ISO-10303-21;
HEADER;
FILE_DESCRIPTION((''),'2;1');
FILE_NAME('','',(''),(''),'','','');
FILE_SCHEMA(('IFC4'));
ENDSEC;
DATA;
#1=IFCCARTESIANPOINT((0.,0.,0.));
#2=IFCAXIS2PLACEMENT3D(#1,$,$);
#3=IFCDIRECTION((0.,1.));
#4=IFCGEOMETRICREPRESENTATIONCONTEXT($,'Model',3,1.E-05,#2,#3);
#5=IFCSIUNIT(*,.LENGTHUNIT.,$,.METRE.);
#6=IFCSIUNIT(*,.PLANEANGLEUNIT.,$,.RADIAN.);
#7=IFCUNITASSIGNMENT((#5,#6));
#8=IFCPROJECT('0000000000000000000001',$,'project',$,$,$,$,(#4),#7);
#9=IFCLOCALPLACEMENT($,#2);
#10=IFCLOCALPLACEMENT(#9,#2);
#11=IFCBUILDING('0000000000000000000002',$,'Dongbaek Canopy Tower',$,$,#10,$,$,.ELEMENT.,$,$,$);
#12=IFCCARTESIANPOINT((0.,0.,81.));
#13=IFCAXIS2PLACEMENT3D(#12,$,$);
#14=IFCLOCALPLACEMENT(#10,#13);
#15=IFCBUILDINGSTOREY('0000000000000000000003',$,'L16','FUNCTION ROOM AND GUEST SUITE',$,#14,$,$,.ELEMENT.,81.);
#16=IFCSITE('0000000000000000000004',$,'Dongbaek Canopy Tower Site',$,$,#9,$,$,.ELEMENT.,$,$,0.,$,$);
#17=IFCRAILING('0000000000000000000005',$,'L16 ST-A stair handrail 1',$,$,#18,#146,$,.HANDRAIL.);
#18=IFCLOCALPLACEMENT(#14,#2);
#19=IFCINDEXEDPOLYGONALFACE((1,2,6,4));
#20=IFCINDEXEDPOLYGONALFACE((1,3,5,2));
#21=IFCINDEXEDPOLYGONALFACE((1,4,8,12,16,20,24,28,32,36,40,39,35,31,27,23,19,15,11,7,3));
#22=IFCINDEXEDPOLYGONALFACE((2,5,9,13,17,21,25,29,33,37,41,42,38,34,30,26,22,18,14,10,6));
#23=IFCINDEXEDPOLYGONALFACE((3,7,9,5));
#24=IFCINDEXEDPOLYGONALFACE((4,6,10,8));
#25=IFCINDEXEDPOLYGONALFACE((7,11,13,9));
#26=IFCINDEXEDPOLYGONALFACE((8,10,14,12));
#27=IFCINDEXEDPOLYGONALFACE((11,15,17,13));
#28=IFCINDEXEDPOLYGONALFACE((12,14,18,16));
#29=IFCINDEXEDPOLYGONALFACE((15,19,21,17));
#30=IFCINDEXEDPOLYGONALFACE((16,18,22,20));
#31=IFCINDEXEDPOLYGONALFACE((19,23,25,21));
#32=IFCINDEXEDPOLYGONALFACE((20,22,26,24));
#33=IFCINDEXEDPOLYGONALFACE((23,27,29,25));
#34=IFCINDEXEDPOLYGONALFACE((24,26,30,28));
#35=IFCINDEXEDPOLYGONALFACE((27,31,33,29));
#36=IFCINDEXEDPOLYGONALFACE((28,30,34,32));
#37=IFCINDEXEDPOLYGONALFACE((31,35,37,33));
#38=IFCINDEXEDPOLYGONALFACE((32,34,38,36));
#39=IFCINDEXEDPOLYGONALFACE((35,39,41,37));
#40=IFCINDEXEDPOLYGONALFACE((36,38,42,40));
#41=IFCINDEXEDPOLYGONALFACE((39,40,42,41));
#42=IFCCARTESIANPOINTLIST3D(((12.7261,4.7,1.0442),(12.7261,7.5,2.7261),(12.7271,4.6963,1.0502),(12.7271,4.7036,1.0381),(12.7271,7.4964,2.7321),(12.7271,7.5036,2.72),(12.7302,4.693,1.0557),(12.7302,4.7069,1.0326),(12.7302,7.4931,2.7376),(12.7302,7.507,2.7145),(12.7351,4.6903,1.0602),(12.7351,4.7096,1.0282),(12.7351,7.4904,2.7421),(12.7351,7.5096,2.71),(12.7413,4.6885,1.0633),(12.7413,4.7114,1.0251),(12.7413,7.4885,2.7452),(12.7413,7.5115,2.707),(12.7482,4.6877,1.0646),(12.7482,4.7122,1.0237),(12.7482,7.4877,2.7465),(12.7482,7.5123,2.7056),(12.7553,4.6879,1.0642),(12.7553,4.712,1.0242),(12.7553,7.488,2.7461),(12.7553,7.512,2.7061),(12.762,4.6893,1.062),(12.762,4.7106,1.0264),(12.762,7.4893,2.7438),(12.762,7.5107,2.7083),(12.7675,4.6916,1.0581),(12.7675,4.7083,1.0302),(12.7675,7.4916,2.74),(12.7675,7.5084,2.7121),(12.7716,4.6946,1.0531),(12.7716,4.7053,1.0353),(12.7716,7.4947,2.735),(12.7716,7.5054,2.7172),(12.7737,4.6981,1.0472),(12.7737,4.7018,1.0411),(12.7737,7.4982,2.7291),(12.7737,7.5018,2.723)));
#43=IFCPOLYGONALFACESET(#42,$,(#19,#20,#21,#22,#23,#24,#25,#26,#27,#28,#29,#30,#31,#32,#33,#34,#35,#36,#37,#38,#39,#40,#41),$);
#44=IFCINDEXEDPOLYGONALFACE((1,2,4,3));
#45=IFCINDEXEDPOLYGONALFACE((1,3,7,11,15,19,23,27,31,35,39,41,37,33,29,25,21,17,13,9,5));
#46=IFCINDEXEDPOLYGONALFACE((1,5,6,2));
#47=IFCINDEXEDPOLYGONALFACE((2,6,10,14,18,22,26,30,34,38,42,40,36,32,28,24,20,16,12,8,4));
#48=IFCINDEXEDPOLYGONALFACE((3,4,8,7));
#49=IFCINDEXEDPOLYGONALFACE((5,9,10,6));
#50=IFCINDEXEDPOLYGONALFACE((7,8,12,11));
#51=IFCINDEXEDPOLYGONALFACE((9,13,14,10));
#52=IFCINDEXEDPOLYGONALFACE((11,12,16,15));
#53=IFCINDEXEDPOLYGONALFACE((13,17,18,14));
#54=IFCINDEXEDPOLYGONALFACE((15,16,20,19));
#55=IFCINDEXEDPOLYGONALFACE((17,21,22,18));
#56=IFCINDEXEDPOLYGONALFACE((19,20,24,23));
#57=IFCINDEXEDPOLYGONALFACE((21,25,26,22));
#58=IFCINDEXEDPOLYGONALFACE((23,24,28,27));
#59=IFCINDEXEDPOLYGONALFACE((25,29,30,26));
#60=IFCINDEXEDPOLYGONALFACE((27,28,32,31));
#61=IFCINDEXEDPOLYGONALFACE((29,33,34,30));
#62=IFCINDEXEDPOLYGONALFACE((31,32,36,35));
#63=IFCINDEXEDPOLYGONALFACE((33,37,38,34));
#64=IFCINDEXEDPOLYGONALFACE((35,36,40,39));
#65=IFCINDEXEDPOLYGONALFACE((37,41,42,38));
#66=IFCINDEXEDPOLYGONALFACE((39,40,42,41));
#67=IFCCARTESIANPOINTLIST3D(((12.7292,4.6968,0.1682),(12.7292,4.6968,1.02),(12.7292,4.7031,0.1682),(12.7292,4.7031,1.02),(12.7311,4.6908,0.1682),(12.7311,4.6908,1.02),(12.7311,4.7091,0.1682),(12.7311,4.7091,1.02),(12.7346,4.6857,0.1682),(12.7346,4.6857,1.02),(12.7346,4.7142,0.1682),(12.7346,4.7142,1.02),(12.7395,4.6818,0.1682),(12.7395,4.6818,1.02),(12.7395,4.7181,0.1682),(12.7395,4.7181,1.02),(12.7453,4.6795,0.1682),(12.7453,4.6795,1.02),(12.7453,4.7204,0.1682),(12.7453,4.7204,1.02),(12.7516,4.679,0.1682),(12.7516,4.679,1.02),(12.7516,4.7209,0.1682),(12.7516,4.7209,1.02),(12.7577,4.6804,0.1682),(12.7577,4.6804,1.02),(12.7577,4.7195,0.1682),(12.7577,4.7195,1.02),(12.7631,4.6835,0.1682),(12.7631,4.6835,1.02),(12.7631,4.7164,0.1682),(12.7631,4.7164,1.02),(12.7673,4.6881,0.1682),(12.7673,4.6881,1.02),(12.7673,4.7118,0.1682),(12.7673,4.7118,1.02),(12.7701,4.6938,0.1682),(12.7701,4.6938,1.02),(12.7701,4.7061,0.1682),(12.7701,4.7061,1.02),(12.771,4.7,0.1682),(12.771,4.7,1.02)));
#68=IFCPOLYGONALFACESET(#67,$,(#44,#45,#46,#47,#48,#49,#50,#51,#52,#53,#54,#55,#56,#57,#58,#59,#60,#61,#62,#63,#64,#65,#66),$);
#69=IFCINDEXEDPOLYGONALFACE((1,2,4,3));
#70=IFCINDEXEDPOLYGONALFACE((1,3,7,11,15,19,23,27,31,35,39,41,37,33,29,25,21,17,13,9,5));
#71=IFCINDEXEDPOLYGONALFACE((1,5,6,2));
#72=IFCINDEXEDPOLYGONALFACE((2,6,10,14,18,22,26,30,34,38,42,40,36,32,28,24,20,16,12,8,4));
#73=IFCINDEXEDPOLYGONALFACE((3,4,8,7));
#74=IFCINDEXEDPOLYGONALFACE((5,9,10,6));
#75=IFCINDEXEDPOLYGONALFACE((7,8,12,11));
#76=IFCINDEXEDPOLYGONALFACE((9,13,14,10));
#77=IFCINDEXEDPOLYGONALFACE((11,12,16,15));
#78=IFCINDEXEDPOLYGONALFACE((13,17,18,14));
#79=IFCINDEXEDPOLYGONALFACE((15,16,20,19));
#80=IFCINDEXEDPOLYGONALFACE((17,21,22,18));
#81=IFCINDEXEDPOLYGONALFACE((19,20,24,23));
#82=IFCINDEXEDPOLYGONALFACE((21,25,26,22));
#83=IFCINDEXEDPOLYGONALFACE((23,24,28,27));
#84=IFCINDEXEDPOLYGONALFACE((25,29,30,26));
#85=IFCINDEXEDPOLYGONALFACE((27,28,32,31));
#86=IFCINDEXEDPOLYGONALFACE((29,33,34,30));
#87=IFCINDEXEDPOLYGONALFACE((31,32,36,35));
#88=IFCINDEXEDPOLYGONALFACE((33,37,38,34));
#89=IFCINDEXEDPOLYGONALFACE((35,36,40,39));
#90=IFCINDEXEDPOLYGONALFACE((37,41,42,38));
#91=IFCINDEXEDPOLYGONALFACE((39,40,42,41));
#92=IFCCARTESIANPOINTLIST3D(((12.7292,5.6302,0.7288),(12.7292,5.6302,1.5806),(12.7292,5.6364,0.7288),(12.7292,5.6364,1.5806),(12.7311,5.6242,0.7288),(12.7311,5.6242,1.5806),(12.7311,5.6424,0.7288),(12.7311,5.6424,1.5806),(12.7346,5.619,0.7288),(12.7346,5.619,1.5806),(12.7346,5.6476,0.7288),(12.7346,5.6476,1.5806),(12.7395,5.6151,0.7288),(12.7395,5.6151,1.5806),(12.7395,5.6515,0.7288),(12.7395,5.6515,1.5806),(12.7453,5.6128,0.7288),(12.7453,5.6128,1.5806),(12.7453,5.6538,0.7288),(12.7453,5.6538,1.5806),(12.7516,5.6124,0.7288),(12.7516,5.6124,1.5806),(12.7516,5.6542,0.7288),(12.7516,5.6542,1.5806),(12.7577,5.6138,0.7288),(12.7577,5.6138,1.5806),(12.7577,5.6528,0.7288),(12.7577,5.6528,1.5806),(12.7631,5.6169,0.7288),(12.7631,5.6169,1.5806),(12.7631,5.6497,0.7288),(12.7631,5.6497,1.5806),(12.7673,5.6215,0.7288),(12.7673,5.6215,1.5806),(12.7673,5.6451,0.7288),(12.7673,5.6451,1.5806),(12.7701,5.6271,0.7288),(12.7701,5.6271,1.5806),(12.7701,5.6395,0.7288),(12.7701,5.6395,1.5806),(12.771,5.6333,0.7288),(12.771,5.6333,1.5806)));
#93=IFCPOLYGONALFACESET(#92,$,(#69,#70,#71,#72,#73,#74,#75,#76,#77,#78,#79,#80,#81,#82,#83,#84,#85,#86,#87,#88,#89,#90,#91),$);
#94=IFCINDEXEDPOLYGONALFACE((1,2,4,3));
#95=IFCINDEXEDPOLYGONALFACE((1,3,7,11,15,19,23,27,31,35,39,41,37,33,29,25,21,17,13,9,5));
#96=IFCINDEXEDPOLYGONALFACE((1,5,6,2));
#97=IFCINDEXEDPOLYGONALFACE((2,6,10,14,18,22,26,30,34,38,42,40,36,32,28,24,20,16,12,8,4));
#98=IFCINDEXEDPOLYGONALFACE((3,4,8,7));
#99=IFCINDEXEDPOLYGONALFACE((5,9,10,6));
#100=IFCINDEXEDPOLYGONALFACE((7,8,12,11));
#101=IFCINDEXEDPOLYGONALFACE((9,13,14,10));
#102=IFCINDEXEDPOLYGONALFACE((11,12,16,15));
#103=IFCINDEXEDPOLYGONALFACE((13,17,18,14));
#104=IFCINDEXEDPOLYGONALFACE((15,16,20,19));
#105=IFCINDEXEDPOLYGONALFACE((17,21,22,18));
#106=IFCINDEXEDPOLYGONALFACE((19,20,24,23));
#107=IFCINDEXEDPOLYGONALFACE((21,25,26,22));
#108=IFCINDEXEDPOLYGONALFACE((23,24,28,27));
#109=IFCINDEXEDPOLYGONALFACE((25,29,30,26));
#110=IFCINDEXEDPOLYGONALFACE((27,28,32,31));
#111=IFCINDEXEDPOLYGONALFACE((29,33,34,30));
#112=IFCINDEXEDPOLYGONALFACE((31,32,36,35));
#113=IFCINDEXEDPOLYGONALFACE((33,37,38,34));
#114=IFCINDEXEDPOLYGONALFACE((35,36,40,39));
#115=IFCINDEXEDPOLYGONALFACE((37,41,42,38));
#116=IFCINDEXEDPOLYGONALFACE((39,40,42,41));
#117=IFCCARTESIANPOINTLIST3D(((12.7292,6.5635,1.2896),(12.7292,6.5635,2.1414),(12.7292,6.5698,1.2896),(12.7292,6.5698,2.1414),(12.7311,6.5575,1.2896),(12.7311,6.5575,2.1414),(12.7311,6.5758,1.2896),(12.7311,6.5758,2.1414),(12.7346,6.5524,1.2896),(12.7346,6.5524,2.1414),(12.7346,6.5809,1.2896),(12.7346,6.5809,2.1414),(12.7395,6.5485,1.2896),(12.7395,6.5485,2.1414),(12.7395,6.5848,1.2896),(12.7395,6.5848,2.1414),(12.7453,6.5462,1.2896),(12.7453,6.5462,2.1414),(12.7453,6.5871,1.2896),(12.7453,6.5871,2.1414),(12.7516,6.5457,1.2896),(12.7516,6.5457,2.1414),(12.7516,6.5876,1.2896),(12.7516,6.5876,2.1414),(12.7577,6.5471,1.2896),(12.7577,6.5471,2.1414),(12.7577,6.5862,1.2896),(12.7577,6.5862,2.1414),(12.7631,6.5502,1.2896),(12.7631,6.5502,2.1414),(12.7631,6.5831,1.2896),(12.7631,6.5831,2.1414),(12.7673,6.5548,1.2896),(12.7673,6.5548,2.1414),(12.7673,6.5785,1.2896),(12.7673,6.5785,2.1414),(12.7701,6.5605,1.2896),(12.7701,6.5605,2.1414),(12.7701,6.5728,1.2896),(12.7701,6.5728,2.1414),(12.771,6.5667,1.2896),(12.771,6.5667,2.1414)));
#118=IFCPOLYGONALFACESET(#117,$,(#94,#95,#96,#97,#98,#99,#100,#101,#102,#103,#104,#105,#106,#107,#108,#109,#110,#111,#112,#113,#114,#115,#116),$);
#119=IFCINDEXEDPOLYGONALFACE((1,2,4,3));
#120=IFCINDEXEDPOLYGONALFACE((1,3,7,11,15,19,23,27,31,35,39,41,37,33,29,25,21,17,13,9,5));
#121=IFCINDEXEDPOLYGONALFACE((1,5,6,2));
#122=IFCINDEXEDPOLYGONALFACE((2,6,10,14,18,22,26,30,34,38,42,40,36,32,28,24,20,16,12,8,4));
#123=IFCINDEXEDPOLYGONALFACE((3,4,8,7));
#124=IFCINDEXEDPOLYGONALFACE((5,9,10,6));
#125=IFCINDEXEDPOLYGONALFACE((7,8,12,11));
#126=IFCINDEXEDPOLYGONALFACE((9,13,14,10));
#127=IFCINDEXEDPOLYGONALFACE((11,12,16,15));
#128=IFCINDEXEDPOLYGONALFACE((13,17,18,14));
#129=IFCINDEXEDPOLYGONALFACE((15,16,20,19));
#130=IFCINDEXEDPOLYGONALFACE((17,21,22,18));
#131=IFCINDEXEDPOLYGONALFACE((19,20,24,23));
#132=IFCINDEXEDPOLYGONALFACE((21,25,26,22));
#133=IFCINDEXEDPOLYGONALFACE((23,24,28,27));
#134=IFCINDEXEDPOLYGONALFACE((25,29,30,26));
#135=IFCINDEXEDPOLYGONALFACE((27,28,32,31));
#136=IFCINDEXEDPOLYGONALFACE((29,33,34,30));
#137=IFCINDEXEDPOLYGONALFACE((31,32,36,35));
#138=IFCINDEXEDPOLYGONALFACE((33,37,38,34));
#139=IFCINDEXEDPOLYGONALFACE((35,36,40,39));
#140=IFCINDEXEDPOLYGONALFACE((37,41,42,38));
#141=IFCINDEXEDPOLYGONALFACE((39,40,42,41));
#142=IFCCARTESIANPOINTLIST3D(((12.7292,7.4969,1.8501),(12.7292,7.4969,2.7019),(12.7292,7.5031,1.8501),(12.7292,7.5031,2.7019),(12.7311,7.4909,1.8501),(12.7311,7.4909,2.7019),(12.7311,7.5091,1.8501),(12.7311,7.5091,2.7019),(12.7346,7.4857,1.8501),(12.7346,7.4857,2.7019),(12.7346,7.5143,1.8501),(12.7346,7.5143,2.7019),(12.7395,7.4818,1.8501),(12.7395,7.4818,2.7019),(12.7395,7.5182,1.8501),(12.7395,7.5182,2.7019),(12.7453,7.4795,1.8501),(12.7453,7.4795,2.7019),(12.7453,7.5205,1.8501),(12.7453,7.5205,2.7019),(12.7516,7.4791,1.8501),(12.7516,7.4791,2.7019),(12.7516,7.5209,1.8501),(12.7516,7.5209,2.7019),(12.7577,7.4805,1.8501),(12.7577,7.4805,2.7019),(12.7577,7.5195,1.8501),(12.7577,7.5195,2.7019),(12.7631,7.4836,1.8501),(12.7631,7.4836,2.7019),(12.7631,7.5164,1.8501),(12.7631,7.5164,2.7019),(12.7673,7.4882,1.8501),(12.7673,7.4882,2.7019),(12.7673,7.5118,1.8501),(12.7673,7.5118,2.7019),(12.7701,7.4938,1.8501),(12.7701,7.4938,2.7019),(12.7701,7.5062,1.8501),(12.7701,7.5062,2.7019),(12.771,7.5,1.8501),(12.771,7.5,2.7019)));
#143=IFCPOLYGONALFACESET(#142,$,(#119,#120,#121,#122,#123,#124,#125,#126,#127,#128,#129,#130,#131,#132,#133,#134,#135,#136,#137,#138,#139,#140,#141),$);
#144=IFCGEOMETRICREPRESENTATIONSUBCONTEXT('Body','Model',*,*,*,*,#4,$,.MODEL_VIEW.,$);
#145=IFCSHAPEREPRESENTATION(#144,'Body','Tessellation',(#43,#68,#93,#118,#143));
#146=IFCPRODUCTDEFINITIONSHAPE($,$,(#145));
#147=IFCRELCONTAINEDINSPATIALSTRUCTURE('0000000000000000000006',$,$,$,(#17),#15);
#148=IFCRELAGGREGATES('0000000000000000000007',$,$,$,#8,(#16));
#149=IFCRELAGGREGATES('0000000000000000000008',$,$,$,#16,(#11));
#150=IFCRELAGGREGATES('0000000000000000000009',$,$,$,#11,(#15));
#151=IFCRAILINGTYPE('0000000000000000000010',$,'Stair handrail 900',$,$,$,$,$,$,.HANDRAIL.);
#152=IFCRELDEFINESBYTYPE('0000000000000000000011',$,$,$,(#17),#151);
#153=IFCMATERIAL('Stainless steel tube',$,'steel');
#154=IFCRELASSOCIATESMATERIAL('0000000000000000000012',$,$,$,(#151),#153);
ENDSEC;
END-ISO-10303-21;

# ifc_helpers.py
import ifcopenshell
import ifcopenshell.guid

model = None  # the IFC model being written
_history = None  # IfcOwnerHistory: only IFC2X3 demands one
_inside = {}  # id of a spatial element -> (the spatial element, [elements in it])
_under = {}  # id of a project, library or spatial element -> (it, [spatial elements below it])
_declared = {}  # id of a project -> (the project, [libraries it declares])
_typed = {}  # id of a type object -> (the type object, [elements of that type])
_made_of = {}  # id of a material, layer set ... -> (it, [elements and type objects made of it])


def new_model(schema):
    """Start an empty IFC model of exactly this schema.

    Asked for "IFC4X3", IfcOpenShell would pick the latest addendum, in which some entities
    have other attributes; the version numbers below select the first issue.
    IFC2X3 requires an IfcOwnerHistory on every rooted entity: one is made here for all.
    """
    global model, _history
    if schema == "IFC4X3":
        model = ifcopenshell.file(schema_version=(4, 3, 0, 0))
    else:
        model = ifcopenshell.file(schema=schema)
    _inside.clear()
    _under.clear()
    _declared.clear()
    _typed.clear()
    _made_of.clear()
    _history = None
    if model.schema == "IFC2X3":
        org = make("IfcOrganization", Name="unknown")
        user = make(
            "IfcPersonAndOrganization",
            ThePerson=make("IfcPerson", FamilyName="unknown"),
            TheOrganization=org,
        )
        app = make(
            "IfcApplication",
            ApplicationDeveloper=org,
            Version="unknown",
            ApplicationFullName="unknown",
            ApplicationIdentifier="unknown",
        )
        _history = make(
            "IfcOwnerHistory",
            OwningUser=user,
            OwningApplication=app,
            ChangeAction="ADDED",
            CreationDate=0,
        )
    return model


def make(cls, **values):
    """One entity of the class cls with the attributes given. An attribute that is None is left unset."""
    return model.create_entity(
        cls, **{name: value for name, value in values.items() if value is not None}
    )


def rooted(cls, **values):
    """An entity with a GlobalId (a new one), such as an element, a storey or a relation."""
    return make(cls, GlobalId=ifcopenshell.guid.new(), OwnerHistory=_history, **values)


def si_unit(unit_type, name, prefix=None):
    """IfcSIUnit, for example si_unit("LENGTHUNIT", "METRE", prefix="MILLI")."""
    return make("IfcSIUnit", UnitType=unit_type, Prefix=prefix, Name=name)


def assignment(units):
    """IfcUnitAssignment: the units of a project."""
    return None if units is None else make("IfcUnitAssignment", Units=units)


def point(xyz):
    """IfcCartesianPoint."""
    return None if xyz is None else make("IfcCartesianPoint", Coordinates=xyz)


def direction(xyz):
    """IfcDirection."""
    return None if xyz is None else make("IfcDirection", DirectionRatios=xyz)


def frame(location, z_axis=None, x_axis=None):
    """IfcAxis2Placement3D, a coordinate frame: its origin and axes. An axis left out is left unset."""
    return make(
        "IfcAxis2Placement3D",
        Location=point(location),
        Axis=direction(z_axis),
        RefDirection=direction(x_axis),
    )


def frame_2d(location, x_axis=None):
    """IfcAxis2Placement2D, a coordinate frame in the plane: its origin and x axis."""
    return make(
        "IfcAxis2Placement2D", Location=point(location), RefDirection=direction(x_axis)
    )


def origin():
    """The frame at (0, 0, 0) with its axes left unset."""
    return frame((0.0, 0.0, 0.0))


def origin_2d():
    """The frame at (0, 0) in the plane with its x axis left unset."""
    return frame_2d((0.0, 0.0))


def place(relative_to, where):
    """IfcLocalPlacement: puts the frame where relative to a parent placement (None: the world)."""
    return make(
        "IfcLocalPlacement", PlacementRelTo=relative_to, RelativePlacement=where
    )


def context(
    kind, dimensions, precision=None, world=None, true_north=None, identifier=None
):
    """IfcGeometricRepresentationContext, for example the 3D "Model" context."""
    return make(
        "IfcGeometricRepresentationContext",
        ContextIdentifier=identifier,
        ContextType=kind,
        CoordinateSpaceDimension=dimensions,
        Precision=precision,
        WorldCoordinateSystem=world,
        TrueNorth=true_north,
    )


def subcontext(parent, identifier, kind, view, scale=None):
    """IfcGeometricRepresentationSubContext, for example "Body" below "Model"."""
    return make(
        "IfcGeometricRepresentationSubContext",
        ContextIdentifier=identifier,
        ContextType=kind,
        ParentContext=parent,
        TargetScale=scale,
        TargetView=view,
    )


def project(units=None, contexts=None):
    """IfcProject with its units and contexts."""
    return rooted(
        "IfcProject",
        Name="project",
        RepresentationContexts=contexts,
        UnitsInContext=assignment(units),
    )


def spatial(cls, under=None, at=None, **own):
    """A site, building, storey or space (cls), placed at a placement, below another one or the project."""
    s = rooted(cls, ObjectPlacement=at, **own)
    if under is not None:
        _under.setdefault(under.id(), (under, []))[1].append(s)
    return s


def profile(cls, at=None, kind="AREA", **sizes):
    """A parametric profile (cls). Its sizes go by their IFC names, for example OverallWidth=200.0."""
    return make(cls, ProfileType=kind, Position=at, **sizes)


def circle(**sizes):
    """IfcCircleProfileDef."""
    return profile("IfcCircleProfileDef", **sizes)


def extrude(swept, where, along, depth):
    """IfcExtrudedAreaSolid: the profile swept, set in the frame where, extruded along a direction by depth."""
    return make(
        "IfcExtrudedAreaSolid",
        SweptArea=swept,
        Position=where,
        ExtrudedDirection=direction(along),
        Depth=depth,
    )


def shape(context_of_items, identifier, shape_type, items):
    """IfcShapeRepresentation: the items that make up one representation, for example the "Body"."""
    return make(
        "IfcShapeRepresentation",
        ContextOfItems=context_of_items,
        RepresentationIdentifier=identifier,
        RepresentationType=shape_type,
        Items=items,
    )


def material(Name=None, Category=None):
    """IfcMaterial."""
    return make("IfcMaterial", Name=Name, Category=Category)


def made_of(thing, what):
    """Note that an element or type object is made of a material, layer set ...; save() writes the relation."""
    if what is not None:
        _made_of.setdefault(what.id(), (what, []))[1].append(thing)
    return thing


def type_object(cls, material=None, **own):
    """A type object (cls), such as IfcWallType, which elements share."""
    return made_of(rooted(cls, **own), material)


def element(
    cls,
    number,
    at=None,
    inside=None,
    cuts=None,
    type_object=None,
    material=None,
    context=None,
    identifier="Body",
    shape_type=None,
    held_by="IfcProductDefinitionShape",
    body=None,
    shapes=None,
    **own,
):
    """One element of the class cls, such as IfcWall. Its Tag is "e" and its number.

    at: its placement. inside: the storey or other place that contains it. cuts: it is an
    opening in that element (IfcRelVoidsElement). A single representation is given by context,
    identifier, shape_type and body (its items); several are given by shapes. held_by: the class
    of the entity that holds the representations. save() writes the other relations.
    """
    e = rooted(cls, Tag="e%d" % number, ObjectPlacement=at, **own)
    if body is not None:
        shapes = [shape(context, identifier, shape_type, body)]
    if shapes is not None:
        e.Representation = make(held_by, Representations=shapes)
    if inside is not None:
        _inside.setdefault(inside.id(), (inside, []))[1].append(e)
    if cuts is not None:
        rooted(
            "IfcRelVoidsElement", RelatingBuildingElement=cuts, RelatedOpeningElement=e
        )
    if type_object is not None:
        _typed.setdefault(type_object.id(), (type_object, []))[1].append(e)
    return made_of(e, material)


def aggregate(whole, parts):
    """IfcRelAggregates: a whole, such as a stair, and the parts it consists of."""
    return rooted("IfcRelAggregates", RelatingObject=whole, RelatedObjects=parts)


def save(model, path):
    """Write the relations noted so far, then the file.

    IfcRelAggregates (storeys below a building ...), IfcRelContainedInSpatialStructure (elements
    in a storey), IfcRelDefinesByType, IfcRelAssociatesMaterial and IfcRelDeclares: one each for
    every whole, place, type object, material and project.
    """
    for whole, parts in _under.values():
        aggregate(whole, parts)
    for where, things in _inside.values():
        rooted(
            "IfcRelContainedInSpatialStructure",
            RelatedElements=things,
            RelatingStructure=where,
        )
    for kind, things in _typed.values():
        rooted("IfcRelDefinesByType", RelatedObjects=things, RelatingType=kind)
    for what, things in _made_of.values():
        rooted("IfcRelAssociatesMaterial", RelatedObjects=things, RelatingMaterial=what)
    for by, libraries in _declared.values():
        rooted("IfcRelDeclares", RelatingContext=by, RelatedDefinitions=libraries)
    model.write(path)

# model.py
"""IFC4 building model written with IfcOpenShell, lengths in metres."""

from ifc_helpers import new_model, si_unit, direction, frame, origin, origin_2d, place, context, subcontext, project, spatial, circle, extrude, material, type_object, element, save


model = new_model("IFC4")

# Units and contexts
model_context = context("Model", 3, precision=1e-05, world=origin(), true_north=direction((0.0, 1.0)))
body_context = subcontext(model_context, "Body", "Model", "MODEL_VIEW")
ifc_project = project(units=[si_unit("LENGTHUNIT", "METRE"), si_unit("PLANEANGLEUNIT", "RADIAN")], contexts=[model_context])

# Site, building, storey
site_placement = place(None, origin())
site = spatial("IfcSite", under=ifc_project, at=site_placement, Name="Dongbaek Canopy Tower Site", CompositionType="ELEMENT", RefElevation=0.0)
building_placement = place(site_placement, origin())
building = spatial("IfcBuilding", under=site, at=building_placement, Name="Dongbaek Canopy Tower", CompositionType="ELEMENT")
storey_placement = place(building_placement, frame((0.0, 0.0, 81.0)))
storey = spatial("IfcBuildingStorey", under=building, at=storey_placement, Name="L16", Description="FUNCTION ROOM AND GUEST SUITE", CompositionType="ELEMENT", Elevation=81.0)

# Railing
ifc_material_1 = material(Name="Stainless steel tube", Category="steel")
railing_type_1 = type_object("IfcRailingType", Name="Stair handrail 900", PredefinedType="HANDRAIL", material=ifc_material_1)
railing_1_placement = place(storey_placement, frame((12.75, 4.7, 0.1682)))
element("IfcRailing", 1, at=railing_1_placement, inside=storey, type_object=railing_type_1, Name="L16 ST-A stair handrail 1", PredefinedType="HANDRAIL", context=body_context, shape_type="SweptSolid", body=[
    extrude(circle(Radius=0.0239, at=origin_2d()), frame((0.0, 0.0, 0.876), z_axis=(0.0, 0.857242, 0.514913), x_axis=(-1.0, 0.0, 0.0)), (0.0, 0.0, 1.0), 3.2664),
    extrude(circle(Radius=0.021, at=origin_2d()), origin(), (0.0, 0.0, 1.0), 0.8518),
    extrude(circle(Radius=0.021, at=origin_2d()), frame((0.0, 0.9333, 0.5605)), (0.0, 0.0, 1.0), 0.8518),
    extrude(circle(Radius=0.021, at=origin_2d()), frame((0.0, 1.8667, 1.1213)), (0.0, 0.0, 1.0), 0.8518),
    extrude(circle(Radius=0.021, at=origin_2d()), frame((0.0, 2.8, 1.6819)), (0.0, 0.0, 1.0), 0.8518),
])

save(model, "model.ifc")
